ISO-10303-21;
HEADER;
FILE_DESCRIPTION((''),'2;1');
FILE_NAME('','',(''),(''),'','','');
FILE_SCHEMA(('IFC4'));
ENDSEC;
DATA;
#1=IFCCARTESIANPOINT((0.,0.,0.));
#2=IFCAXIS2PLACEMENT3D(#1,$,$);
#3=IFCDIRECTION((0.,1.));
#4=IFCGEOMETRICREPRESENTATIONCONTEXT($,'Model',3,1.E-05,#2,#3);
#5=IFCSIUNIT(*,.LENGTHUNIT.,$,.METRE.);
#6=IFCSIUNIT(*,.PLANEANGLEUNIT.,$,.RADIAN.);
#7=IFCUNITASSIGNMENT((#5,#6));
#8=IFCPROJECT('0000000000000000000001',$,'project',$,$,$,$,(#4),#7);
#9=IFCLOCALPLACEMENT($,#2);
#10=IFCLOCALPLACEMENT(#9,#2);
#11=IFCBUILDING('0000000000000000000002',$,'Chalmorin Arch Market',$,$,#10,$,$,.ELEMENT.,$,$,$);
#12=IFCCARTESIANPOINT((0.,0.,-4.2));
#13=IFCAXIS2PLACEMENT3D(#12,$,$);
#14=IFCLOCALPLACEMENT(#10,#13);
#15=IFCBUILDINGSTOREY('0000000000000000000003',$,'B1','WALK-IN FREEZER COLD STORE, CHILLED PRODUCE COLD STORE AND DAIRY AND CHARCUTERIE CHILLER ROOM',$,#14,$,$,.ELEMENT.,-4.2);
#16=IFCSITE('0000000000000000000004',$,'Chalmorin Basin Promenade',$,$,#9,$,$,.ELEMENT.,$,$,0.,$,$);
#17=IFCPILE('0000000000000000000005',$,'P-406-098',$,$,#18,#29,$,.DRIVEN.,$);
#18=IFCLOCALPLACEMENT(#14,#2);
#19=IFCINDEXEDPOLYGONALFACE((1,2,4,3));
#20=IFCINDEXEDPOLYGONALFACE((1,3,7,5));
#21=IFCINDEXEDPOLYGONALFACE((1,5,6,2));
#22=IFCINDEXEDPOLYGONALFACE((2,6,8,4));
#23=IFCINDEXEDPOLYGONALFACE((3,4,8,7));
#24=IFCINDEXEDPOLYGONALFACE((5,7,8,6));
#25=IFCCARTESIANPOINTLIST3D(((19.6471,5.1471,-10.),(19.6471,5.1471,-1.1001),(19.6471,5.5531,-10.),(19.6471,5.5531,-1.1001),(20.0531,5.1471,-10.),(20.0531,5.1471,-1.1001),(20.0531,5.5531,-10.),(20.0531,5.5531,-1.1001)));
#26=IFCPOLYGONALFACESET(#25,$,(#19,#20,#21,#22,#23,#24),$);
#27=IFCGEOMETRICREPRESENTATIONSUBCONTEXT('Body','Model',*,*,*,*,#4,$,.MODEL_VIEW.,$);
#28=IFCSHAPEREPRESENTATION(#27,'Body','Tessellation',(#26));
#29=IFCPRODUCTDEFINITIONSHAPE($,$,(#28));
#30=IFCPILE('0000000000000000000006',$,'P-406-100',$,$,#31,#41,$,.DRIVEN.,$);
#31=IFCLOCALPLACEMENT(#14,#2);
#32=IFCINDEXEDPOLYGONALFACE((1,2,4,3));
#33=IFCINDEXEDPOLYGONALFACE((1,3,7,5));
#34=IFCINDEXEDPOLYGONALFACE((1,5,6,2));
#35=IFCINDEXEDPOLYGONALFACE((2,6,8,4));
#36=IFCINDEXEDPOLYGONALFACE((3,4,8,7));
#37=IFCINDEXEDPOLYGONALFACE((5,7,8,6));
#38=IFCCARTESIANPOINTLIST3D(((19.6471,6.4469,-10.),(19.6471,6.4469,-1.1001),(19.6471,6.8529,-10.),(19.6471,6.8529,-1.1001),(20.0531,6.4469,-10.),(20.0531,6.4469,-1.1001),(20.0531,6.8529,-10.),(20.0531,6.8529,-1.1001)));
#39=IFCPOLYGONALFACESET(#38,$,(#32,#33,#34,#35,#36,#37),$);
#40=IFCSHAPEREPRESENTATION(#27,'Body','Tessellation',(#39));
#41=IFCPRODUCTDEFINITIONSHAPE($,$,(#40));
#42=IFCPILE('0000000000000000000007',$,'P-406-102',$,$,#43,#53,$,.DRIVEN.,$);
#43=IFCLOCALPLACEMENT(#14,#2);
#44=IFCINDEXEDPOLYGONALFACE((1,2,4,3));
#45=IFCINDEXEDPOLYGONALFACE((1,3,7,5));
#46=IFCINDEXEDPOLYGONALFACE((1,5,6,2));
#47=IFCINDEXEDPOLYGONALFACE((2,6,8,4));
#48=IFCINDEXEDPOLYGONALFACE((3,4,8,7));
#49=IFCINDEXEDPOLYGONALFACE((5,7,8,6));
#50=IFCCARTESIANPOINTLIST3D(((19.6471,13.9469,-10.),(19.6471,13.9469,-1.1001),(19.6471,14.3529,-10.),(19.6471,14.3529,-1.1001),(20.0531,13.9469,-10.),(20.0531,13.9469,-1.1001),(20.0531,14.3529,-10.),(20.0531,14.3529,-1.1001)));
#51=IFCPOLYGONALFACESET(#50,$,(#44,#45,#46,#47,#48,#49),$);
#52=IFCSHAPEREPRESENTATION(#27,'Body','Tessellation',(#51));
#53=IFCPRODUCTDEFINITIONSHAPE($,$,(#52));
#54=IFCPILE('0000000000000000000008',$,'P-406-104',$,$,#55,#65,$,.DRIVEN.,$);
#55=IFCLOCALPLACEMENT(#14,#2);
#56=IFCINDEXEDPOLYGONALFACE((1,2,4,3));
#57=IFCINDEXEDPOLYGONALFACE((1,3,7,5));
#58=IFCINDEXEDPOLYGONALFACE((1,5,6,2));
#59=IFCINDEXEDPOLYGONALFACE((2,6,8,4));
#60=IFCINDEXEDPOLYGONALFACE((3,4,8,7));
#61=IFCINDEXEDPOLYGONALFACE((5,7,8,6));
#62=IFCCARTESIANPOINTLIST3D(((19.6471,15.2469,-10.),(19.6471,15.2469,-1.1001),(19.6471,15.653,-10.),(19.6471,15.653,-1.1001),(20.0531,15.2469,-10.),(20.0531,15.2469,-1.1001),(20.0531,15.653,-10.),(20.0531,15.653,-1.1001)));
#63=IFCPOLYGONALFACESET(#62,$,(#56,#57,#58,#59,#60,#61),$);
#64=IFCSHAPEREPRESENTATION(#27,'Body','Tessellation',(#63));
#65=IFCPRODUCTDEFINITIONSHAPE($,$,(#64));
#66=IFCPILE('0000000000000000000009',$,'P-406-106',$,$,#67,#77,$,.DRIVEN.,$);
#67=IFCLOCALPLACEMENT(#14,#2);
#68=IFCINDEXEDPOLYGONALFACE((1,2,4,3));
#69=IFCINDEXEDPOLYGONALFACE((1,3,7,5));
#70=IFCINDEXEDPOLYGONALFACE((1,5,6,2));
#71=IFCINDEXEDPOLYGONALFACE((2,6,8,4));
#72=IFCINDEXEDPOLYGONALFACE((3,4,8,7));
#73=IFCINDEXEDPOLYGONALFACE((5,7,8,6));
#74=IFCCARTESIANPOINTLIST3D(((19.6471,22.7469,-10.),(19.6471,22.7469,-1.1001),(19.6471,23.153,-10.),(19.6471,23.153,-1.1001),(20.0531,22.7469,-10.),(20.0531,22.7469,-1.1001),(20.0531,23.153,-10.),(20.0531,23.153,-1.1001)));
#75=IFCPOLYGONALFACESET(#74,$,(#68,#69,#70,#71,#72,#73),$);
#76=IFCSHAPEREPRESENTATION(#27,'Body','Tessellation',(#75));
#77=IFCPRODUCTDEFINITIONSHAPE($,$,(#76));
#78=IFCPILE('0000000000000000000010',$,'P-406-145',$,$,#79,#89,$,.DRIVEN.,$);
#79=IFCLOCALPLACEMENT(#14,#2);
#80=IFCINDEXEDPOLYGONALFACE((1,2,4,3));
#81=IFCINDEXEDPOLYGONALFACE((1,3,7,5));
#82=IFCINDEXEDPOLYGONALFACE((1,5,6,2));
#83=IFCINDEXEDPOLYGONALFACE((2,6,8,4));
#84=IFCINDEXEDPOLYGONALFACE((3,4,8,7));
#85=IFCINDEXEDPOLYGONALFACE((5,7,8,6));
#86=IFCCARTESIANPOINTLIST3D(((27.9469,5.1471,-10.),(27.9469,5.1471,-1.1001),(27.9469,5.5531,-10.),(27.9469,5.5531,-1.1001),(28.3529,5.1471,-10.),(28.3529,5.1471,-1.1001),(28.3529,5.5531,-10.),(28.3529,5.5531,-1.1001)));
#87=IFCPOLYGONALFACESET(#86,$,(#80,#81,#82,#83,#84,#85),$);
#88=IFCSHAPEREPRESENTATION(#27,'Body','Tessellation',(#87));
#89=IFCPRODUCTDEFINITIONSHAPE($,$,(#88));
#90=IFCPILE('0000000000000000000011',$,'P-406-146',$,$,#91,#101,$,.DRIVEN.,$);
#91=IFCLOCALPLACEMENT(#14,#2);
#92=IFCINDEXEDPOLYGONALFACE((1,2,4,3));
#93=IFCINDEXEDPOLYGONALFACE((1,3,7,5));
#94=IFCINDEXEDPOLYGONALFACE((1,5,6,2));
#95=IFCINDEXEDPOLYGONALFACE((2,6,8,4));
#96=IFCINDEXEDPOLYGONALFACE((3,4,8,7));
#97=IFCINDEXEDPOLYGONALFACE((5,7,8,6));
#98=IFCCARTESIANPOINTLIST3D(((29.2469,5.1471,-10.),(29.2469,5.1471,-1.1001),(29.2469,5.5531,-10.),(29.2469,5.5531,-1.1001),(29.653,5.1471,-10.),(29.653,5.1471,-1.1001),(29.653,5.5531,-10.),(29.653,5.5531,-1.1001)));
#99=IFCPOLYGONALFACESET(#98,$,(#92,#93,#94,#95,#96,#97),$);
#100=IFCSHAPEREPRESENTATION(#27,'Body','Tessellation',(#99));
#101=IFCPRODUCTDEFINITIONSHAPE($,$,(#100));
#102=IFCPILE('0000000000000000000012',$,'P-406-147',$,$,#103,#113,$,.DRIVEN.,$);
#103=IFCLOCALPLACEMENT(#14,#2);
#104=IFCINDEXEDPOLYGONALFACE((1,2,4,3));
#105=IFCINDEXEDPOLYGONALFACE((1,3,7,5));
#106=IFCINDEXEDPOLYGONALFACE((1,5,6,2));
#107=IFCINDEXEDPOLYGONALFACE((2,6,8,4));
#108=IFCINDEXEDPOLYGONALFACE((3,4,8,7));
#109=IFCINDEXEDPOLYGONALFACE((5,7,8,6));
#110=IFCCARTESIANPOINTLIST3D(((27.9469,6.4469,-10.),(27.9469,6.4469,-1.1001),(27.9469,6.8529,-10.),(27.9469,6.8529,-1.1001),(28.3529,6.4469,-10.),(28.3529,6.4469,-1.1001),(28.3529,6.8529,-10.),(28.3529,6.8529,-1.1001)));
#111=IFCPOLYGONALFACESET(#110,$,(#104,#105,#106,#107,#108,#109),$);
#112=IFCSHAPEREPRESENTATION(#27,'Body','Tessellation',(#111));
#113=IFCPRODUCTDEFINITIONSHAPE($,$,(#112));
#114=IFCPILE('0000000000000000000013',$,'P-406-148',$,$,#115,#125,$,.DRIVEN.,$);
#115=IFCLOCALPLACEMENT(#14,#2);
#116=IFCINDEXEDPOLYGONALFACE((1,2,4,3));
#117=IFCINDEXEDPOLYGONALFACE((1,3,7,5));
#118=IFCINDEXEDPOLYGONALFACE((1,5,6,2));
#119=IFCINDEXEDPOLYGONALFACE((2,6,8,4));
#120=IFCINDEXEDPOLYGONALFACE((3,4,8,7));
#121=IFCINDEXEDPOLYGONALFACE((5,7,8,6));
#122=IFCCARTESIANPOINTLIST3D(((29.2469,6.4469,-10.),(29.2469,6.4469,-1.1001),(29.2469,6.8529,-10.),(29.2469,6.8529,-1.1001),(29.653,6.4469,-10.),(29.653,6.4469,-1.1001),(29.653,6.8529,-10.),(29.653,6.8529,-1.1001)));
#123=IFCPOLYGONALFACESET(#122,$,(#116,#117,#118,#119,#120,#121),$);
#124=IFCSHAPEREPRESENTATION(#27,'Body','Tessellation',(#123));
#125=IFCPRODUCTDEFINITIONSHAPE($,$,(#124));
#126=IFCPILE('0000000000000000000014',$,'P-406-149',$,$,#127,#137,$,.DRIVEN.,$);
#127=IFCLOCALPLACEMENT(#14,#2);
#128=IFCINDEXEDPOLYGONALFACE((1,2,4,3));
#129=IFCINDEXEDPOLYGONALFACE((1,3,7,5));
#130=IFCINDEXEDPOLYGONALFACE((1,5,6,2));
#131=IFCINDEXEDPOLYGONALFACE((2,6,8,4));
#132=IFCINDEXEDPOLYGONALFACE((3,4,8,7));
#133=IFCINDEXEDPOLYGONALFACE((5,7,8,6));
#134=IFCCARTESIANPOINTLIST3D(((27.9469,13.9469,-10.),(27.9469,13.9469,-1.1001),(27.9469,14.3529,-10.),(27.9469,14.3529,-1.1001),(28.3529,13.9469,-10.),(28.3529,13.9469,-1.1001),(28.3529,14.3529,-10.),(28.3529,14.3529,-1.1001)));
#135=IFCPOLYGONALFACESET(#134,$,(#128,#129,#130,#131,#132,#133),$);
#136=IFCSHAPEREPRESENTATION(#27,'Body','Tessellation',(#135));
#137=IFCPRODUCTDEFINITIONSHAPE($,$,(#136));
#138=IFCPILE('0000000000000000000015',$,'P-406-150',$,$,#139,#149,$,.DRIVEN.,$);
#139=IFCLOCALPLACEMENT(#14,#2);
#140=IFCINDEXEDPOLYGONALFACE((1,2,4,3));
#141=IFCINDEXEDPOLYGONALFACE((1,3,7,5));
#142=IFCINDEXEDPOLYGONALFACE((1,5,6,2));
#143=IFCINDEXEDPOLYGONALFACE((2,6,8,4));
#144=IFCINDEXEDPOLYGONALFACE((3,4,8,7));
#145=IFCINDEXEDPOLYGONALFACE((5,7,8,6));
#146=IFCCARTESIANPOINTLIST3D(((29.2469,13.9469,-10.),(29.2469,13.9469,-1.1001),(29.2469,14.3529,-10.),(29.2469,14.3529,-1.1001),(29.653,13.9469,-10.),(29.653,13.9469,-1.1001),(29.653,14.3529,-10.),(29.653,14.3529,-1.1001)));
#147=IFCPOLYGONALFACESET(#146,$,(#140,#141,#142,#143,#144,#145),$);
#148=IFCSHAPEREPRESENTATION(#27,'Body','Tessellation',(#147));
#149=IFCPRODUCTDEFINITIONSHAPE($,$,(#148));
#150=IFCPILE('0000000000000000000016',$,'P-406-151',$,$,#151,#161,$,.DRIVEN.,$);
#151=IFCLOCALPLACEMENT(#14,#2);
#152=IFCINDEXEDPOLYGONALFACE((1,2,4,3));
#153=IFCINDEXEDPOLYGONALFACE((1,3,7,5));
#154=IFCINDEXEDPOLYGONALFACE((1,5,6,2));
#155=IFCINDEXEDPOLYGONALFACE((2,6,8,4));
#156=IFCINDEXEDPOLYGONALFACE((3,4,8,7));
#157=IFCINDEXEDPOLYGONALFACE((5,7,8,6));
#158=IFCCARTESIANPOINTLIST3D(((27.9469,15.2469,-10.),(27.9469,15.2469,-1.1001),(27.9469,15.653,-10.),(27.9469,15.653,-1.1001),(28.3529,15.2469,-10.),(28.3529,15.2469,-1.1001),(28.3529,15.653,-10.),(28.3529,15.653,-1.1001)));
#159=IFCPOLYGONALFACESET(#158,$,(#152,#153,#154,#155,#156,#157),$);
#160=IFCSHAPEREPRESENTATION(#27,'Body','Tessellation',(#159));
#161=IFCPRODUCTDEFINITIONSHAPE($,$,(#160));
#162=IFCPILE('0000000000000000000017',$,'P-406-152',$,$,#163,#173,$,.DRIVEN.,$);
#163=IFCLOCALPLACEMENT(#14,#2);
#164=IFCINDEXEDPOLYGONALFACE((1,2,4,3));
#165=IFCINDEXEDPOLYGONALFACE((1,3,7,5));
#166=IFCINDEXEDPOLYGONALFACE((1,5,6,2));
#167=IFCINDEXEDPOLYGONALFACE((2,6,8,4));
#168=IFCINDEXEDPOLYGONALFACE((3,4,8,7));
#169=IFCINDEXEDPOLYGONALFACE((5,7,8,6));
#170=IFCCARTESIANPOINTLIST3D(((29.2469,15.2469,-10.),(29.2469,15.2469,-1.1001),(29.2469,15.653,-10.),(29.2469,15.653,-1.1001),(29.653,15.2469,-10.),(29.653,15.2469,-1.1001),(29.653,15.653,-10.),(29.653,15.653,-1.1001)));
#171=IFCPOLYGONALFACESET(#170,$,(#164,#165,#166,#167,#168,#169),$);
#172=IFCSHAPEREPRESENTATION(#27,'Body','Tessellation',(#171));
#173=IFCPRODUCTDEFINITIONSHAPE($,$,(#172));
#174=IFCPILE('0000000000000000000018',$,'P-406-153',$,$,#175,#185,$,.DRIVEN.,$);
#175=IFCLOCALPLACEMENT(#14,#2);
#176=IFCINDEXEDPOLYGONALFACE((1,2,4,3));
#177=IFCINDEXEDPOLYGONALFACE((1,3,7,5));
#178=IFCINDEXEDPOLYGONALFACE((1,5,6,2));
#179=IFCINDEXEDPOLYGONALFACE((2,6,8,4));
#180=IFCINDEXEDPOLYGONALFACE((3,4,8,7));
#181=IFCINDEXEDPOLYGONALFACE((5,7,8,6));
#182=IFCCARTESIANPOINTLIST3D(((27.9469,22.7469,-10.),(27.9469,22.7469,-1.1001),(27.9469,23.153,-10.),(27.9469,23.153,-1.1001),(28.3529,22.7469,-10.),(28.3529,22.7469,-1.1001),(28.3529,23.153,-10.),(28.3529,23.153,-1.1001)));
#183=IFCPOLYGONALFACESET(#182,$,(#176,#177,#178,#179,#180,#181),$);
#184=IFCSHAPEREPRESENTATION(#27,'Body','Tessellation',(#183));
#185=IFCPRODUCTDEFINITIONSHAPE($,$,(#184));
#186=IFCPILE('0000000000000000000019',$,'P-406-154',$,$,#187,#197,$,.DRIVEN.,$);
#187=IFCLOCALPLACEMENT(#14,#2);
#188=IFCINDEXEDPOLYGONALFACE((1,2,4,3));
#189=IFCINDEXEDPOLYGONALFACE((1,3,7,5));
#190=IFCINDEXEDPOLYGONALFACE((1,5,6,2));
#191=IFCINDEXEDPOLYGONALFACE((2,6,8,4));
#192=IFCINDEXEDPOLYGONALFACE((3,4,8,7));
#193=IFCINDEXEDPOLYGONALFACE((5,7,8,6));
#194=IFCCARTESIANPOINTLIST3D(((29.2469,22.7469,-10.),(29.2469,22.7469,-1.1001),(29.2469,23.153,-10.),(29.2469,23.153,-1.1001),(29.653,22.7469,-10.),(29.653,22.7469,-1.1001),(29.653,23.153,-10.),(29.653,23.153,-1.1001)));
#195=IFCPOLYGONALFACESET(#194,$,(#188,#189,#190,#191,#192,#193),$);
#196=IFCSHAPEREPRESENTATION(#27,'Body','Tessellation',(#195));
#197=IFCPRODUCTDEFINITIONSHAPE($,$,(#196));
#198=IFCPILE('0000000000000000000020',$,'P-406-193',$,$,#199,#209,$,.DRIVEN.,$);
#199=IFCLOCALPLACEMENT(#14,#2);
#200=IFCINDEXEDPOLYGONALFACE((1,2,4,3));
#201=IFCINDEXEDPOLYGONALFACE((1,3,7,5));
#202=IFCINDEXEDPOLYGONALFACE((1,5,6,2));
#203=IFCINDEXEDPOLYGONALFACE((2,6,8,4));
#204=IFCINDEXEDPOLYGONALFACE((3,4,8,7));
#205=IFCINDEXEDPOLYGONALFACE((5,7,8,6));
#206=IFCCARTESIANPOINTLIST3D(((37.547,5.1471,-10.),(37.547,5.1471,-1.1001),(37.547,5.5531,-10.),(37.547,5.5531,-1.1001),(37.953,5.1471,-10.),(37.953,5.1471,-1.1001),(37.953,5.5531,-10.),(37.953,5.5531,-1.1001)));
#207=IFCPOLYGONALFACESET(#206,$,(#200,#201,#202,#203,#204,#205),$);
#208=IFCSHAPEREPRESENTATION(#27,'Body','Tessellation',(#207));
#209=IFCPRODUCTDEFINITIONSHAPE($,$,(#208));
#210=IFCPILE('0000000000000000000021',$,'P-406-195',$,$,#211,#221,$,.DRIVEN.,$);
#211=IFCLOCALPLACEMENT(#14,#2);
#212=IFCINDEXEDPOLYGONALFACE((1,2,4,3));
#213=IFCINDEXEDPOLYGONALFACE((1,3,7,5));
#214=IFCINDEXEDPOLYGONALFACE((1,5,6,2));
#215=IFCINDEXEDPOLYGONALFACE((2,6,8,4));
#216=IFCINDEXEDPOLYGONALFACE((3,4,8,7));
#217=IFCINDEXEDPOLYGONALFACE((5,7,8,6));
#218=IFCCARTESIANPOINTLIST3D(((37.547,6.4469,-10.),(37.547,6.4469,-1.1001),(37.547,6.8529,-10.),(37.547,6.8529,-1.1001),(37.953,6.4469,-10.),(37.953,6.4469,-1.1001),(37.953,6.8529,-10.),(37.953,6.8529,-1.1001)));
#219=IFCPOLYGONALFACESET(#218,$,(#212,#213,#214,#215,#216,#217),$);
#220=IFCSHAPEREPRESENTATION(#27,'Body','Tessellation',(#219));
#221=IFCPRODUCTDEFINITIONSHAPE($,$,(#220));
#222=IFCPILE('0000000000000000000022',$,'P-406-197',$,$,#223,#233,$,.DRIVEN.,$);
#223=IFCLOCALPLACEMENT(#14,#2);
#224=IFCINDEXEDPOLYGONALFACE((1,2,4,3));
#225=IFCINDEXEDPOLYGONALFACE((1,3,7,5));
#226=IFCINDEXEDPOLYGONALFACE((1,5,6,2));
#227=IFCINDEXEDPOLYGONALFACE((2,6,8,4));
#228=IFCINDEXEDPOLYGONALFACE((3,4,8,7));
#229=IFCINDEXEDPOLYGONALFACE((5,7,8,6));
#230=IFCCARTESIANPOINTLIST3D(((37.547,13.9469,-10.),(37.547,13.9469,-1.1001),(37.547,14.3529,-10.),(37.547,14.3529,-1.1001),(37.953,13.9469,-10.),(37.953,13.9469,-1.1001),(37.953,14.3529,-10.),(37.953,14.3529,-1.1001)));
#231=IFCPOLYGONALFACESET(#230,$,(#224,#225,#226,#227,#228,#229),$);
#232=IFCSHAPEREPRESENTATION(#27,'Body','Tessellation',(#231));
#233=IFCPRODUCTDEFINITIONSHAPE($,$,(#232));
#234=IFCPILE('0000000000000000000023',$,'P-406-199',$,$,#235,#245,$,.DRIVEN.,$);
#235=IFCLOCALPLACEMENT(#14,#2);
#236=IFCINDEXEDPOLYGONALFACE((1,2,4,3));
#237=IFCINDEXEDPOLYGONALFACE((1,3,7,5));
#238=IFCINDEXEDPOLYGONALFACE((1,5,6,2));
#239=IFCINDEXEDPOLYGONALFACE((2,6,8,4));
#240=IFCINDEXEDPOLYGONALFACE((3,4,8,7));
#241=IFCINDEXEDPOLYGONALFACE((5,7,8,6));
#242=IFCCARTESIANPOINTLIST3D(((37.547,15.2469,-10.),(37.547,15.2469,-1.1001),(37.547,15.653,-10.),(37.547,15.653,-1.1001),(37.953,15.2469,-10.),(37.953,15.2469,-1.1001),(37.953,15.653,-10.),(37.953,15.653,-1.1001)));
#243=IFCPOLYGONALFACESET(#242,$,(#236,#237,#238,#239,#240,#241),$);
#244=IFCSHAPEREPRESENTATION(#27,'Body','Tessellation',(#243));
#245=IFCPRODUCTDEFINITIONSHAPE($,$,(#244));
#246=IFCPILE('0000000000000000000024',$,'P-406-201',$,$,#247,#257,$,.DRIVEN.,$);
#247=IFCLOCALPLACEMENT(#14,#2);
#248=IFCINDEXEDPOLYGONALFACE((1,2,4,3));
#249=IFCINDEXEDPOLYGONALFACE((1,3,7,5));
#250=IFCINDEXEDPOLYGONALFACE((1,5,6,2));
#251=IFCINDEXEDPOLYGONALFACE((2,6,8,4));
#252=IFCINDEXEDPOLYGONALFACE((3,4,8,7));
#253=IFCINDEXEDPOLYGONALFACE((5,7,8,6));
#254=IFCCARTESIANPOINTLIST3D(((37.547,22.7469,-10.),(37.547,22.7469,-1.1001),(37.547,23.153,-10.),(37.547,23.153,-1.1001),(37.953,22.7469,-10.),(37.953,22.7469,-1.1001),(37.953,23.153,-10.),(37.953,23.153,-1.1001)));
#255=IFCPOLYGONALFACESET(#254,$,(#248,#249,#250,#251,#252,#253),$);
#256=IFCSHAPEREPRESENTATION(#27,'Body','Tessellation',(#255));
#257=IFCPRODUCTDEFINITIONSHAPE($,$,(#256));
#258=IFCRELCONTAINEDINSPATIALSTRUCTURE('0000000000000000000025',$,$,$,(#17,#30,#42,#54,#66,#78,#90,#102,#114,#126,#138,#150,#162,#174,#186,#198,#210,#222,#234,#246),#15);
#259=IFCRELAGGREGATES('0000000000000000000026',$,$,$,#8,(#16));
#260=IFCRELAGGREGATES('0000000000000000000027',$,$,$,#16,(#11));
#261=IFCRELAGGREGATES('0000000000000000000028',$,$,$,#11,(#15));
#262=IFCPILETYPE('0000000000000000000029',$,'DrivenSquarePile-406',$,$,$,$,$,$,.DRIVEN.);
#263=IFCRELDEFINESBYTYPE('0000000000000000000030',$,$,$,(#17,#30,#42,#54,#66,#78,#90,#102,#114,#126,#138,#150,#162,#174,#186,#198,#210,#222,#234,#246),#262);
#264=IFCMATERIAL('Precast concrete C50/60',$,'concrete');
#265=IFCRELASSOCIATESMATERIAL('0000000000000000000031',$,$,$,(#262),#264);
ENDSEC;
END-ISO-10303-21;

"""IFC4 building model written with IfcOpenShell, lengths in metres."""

from ifc_helpers import new_model, si_unit, direction, frame, origin, origin_2d, place, context, subcontext, project, spatial, rectangle, extrude, material, material_profile, profile_set, type_object, element, save


model = new_model("IFC4")

# Units and contexts
model_context = context("Model", 3, precision=1e-05, world=origin(), true_north=direction((0.0, 1.0)))
body_context = subcontext(model_context, "Body", "Model", "MODEL_VIEW")
ifc_project = project(units=[si_unit("LENGTHUNIT", "METRE"), si_unit("PLANEANGLEUNIT", "RADIAN")], contexts=[model_context])

# Site, building, storey
site_placement = place(None, origin())
site = spatial("IfcSite", under=ifc_project, at=site_placement, Name="Chalmorin Basin Promenade", CompositionType="ELEMENT", RefElevation=0.0)
building_placement = place(site_placement, origin())
building = spatial("IfcBuilding", under=site, at=building_placement, Name="Chalmorin Arch Market", CompositionType="ELEMENT")
storey_placement = place(building_placement, frame((0.0, 0.0, -4.2)))
storey = spatial("IfcBuildingStorey", under=building, at=storey_placement, Name="B1", Description="WALK-IN FREEZER COLD STORE, CHILLED PRODUCE COLD STORE AND DAIRY AND CHARCUTERIE CHILLER ROOM", CompositionType="ELEMENT", Elevation=-4.2)

# Piles
ifc_material_1 = material(Name="Precast concrete C50/60", Category="concrete")
ifc_material_profile_1 = material_profile(ifc_material_1, rectangle(XDim=0.406, YDim=0.406, at=origin_2d()), Name="PPC406")
ifc_profile_set_1 = profile_set([ifc_material_profile_1], Name="Precast concrete C50/60")
pile_type = type_object("IfcPileType", Name="DrivenSquarePile-406", PredefinedType="DRIVEN", material=ifc_profile_set_1)
for number, where, z_axis, x_axis, name in (
    (1, (19.8501, 5.3501, -1.1001), (0.0, 0.0, -1.0), (1.0, 0.0, 0.0), "P-406-098"),
    (2, (19.8501, 6.6499, -1.1001), (0.0, 0.0, -1.0), (1.0, 0.0, 0.0), "P-406-100"),
    (3, (19.8501, 14.1499, -1.1001), (0.0, 0.0, -1.0), (1.0, 0.0, 0.0), "P-406-102"),
    (4, (19.8501, 15.45, -1.1001), (0.0, 0.0, -1.0), (1.0, 0.0, 0.0), "P-406-104"),
    (5, (19.8501, 22.95, -1.1001), (0.0, 0.0, -1.0), (1.0, 0.0, 0.0), "P-406-106"),
    (6, (28.1499, 5.3501, -1.1001), (0.0, 0.0, -1.0), (1.0, 0.0, 0.0), "P-406-145"),
    (7, (29.45, 5.3501, -1.1001), (0.0, 0.0, -1.0), (1.0, 0.0, 0.0), "P-406-146"),
    (8, (28.1499, 6.6499, -1.1001), (0.0, 0.0, -1.0), (1.0, 0.0, 0.0), "P-406-147"),
    (9, (29.45, 6.6499, -1.1001), (0.0, 0.0, -1.0), (1.0, 0.0, 0.0), "P-406-148"),
    (10, (28.1499, 14.1499, -1.1001), (0.0, 0.0, -1.0), (1.0, 0.0, 0.0), "P-406-149"),
    (11, (29.45, 14.1499, -1.1001), (0.0, 0.0, -1.0), (1.0, 0.0, 0.0), "P-406-150"),
    (12, (28.1499, 15.45, -1.1001), (0.0, 0.0, -1.0), (1.0, 0.0, 0.0), "P-406-151"),
    (13, (29.45, 15.45, -1.1001), (0.0, 0.0, -1.0), (1.0, 0.0, 0.0), "P-406-152"),
    (14, (28.1499, 22.95, -1.1001), (0.0, 0.0, -1.0), (1.0, 0.0, 0.0), "P-406-153"),
    (15, (29.45, 22.95, -1.1001), (0.0, 0.0, -1.0), (1.0, 0.0, 0.0), "P-406-154"),
    (16, (37.75, 5.3501, -1.1001), (0.0, 0.0, -1.0), (1.0, 0.0, 0.0), "P-406-193"),
    (17, (37.75, 6.6499, -1.1001), (0.0, 0.0, -1.0), (1.0, 0.0, 0.0), "P-406-195"),
    (18, (37.75, 14.1499, -1.1001), (0.0, 0.0, -1.0), (1.0, 0.0, 0.0), "P-406-197"),
    (19, (37.75, 15.45, -1.1001), (0.0, 0.0, -1.0), (1.0, 0.0, 0.0), "P-406-199"),
    (20, (37.75, 22.95, -1.1001), (0.0, 0.0, -1.0), (1.0, 0.0, 0.0), "P-406-201"),
):
    element("IfcPile", number, at=place(storey_placement, frame(where, z_axis=z_axis, x_axis=x_axis)), inside=storey, type_object=pile_type, Name=name, PredefinedType="DRIVEN", context=body_context, shape_type="SweptSolid", body=[
        extrude(rectangle(XDim=0.406, YDim=0.406, at=origin_2d()), origin(), (0.0, 0.0, 1.0), 8.8999),
    ])

save(model, "model.ifc")
